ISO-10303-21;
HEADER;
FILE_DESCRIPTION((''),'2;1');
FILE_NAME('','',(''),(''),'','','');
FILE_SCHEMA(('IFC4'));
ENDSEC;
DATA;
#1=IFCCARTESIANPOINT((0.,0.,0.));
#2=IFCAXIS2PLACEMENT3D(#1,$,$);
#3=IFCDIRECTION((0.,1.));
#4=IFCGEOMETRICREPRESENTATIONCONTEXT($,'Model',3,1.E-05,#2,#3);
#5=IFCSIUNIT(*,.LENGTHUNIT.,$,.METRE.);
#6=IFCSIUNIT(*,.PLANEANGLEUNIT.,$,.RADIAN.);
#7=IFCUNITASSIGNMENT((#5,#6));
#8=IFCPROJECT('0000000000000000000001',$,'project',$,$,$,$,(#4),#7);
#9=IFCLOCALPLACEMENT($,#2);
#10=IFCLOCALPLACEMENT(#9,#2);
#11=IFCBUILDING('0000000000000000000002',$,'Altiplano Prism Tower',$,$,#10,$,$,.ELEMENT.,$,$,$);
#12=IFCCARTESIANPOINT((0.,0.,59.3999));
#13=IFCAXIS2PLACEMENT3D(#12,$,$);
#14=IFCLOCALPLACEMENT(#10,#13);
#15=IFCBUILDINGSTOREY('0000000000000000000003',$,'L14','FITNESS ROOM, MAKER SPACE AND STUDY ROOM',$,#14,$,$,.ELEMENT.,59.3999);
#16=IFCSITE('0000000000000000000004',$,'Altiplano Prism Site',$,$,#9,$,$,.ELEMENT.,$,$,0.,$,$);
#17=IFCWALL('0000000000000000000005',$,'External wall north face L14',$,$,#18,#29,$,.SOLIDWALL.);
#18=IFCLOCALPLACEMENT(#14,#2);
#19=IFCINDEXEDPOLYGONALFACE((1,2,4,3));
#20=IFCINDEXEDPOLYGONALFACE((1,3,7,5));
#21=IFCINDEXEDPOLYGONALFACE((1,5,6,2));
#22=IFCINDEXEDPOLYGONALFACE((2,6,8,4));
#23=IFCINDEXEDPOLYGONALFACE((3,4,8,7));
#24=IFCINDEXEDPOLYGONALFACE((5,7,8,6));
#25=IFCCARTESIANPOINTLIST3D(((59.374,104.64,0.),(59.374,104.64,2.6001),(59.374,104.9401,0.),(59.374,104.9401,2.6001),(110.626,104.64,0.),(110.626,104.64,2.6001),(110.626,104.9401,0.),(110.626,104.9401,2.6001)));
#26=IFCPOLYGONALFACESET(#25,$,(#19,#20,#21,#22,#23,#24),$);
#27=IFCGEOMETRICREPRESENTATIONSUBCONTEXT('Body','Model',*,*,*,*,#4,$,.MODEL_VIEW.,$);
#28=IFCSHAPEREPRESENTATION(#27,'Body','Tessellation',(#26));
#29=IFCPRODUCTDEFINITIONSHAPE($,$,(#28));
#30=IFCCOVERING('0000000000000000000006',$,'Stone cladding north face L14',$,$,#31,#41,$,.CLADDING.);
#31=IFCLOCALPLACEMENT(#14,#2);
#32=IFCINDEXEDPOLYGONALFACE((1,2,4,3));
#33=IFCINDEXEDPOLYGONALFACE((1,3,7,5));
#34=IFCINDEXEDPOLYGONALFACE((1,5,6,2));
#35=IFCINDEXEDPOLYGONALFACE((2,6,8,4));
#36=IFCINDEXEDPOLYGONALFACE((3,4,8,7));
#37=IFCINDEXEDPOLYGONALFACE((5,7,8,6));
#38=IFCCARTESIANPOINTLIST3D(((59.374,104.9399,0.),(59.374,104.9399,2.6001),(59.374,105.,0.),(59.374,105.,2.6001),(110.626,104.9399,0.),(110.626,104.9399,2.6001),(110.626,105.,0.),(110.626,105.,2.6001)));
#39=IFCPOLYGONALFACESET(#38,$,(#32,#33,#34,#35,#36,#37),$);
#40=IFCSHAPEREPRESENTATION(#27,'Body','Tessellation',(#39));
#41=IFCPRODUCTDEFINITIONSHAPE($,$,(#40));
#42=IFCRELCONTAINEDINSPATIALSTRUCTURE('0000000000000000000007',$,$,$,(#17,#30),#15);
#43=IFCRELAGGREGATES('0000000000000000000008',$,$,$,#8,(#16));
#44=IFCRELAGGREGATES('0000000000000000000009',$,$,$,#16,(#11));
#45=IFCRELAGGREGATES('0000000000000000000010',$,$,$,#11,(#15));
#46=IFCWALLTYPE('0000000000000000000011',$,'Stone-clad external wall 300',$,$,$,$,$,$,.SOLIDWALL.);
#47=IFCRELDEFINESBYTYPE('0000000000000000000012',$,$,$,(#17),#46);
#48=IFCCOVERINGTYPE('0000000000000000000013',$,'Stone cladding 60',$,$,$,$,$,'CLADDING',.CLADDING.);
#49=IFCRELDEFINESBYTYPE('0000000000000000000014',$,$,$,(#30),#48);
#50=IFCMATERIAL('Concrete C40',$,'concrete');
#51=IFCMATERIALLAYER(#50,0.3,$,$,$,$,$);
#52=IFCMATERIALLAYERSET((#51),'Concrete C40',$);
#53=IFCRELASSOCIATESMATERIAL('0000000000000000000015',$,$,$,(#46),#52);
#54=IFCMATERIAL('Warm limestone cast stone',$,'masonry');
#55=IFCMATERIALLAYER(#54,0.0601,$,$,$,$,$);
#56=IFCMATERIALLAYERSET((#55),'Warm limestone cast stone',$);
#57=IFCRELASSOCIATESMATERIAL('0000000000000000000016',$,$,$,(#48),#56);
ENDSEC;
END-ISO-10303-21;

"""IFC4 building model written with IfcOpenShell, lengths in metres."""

from ifc_helpers import new_model, si_unit, direction, frame, frame_2d, origin, place, context, subcontext, project, spatial, rectangle, extrude, material, layer, layer_set, type_object, element, save


model = new_model("IFC4")

# Units and contexts
model_context = context("Model", 3, precision=1e-05, world=origin(), true_north=direction((0.0, 1.0)))
body_context = subcontext(model_context, "Body", "Model", "MODEL_VIEW")
ifc_project = project(units=[si_unit("LENGTHUNIT", "METRE"), si_unit("PLANEANGLEUNIT", "RADIAN")], contexts=[model_context])

# Site, building, storey
site_placement = place(None, origin())
site = spatial("IfcSite", under=ifc_project, at=site_placement, Name="Altiplano Prism Site", CompositionType="ELEMENT", RefElevation=0.0)
building_placement = place(site_placement, origin())
building = spatial("IfcBuilding", under=site, at=building_placement, Name="Altiplano Prism Tower", CompositionType="ELEMENT")
storey_placement = place(building_placement, frame((0.0, 0.0, 59.3999)))
storey = spatial("IfcBuildingStorey", under=building, at=storey_placement, Name="L14", Description="FITNESS ROOM, MAKER SPACE AND STUDY ROOM", CompositionType="ELEMENT", Elevation=59.3999)

# Wall
ifc_material_1 = material(Name="Concrete C40", Category="concrete")
ifc_layer_1 = layer(ifc_material_1, 0.3)
ifc_layer_set_1 = layer_set([ifc_layer_1], Name="Concrete C40")
wall_type_1 = type_object("IfcWallType", Name="Stone-clad external wall 300", PredefinedType="SOLIDWALL", material=ifc_layer_set_1)
wall_1_placement = place(storey_placement, frame((59.374, 104.79, 0.0), z_axis=(0.0, 0.0, 1.0), x_axis=(1.0, 0.0, 0.0)))
element("IfcWall", 1, at=wall_1_placement, inside=storey, type_object=wall_type_1, Name="External wall north face L14", PredefinedType="SOLIDWALL", context=body_context, shape_type="SweptSolid", body=[
    extrude(rectangle(XDim=51.252, YDim=0.3, at=frame_2d((25.626, 0.0))), origin(), (0.0, 0.0, 1.0), 2.6001),
])

# Covering
ifc_material_2 = material(Name="Warm limestone cast stone", Category="masonry")
ifc_layer_2 = layer(ifc_material_2, 0.0601)
ifc_layer_set_2 = layer_set([ifc_layer_2], Name="Warm limestone cast stone")
covering_type = type_object("IfcCoveringType", Name="Stone cladding 60", ElementType="CLADDING", PredefinedType="CLADDING", material=ifc_layer_set_2)
covering_placement = place(storey_placement, frame((59.374, 104.97, 0.0), z_axis=(0.0, 0.0, 1.0), x_axis=(1.0, 0.0, 0.0)))
element("IfcCovering", 2, at=covering_placement, inside=storey, type_object=covering_type, Name="Stone cladding north face L14", PredefinedType="CLADDING", context=body_context, shape_type="SweptSolid", body=[
    extrude(rectangle(XDim=51.252, YDim=0.0601, at=frame_2d((25.626, 0.0))), origin(), (0.0, 0.0, 1.0), 2.6001),
])

save(model, "model.ifc")
